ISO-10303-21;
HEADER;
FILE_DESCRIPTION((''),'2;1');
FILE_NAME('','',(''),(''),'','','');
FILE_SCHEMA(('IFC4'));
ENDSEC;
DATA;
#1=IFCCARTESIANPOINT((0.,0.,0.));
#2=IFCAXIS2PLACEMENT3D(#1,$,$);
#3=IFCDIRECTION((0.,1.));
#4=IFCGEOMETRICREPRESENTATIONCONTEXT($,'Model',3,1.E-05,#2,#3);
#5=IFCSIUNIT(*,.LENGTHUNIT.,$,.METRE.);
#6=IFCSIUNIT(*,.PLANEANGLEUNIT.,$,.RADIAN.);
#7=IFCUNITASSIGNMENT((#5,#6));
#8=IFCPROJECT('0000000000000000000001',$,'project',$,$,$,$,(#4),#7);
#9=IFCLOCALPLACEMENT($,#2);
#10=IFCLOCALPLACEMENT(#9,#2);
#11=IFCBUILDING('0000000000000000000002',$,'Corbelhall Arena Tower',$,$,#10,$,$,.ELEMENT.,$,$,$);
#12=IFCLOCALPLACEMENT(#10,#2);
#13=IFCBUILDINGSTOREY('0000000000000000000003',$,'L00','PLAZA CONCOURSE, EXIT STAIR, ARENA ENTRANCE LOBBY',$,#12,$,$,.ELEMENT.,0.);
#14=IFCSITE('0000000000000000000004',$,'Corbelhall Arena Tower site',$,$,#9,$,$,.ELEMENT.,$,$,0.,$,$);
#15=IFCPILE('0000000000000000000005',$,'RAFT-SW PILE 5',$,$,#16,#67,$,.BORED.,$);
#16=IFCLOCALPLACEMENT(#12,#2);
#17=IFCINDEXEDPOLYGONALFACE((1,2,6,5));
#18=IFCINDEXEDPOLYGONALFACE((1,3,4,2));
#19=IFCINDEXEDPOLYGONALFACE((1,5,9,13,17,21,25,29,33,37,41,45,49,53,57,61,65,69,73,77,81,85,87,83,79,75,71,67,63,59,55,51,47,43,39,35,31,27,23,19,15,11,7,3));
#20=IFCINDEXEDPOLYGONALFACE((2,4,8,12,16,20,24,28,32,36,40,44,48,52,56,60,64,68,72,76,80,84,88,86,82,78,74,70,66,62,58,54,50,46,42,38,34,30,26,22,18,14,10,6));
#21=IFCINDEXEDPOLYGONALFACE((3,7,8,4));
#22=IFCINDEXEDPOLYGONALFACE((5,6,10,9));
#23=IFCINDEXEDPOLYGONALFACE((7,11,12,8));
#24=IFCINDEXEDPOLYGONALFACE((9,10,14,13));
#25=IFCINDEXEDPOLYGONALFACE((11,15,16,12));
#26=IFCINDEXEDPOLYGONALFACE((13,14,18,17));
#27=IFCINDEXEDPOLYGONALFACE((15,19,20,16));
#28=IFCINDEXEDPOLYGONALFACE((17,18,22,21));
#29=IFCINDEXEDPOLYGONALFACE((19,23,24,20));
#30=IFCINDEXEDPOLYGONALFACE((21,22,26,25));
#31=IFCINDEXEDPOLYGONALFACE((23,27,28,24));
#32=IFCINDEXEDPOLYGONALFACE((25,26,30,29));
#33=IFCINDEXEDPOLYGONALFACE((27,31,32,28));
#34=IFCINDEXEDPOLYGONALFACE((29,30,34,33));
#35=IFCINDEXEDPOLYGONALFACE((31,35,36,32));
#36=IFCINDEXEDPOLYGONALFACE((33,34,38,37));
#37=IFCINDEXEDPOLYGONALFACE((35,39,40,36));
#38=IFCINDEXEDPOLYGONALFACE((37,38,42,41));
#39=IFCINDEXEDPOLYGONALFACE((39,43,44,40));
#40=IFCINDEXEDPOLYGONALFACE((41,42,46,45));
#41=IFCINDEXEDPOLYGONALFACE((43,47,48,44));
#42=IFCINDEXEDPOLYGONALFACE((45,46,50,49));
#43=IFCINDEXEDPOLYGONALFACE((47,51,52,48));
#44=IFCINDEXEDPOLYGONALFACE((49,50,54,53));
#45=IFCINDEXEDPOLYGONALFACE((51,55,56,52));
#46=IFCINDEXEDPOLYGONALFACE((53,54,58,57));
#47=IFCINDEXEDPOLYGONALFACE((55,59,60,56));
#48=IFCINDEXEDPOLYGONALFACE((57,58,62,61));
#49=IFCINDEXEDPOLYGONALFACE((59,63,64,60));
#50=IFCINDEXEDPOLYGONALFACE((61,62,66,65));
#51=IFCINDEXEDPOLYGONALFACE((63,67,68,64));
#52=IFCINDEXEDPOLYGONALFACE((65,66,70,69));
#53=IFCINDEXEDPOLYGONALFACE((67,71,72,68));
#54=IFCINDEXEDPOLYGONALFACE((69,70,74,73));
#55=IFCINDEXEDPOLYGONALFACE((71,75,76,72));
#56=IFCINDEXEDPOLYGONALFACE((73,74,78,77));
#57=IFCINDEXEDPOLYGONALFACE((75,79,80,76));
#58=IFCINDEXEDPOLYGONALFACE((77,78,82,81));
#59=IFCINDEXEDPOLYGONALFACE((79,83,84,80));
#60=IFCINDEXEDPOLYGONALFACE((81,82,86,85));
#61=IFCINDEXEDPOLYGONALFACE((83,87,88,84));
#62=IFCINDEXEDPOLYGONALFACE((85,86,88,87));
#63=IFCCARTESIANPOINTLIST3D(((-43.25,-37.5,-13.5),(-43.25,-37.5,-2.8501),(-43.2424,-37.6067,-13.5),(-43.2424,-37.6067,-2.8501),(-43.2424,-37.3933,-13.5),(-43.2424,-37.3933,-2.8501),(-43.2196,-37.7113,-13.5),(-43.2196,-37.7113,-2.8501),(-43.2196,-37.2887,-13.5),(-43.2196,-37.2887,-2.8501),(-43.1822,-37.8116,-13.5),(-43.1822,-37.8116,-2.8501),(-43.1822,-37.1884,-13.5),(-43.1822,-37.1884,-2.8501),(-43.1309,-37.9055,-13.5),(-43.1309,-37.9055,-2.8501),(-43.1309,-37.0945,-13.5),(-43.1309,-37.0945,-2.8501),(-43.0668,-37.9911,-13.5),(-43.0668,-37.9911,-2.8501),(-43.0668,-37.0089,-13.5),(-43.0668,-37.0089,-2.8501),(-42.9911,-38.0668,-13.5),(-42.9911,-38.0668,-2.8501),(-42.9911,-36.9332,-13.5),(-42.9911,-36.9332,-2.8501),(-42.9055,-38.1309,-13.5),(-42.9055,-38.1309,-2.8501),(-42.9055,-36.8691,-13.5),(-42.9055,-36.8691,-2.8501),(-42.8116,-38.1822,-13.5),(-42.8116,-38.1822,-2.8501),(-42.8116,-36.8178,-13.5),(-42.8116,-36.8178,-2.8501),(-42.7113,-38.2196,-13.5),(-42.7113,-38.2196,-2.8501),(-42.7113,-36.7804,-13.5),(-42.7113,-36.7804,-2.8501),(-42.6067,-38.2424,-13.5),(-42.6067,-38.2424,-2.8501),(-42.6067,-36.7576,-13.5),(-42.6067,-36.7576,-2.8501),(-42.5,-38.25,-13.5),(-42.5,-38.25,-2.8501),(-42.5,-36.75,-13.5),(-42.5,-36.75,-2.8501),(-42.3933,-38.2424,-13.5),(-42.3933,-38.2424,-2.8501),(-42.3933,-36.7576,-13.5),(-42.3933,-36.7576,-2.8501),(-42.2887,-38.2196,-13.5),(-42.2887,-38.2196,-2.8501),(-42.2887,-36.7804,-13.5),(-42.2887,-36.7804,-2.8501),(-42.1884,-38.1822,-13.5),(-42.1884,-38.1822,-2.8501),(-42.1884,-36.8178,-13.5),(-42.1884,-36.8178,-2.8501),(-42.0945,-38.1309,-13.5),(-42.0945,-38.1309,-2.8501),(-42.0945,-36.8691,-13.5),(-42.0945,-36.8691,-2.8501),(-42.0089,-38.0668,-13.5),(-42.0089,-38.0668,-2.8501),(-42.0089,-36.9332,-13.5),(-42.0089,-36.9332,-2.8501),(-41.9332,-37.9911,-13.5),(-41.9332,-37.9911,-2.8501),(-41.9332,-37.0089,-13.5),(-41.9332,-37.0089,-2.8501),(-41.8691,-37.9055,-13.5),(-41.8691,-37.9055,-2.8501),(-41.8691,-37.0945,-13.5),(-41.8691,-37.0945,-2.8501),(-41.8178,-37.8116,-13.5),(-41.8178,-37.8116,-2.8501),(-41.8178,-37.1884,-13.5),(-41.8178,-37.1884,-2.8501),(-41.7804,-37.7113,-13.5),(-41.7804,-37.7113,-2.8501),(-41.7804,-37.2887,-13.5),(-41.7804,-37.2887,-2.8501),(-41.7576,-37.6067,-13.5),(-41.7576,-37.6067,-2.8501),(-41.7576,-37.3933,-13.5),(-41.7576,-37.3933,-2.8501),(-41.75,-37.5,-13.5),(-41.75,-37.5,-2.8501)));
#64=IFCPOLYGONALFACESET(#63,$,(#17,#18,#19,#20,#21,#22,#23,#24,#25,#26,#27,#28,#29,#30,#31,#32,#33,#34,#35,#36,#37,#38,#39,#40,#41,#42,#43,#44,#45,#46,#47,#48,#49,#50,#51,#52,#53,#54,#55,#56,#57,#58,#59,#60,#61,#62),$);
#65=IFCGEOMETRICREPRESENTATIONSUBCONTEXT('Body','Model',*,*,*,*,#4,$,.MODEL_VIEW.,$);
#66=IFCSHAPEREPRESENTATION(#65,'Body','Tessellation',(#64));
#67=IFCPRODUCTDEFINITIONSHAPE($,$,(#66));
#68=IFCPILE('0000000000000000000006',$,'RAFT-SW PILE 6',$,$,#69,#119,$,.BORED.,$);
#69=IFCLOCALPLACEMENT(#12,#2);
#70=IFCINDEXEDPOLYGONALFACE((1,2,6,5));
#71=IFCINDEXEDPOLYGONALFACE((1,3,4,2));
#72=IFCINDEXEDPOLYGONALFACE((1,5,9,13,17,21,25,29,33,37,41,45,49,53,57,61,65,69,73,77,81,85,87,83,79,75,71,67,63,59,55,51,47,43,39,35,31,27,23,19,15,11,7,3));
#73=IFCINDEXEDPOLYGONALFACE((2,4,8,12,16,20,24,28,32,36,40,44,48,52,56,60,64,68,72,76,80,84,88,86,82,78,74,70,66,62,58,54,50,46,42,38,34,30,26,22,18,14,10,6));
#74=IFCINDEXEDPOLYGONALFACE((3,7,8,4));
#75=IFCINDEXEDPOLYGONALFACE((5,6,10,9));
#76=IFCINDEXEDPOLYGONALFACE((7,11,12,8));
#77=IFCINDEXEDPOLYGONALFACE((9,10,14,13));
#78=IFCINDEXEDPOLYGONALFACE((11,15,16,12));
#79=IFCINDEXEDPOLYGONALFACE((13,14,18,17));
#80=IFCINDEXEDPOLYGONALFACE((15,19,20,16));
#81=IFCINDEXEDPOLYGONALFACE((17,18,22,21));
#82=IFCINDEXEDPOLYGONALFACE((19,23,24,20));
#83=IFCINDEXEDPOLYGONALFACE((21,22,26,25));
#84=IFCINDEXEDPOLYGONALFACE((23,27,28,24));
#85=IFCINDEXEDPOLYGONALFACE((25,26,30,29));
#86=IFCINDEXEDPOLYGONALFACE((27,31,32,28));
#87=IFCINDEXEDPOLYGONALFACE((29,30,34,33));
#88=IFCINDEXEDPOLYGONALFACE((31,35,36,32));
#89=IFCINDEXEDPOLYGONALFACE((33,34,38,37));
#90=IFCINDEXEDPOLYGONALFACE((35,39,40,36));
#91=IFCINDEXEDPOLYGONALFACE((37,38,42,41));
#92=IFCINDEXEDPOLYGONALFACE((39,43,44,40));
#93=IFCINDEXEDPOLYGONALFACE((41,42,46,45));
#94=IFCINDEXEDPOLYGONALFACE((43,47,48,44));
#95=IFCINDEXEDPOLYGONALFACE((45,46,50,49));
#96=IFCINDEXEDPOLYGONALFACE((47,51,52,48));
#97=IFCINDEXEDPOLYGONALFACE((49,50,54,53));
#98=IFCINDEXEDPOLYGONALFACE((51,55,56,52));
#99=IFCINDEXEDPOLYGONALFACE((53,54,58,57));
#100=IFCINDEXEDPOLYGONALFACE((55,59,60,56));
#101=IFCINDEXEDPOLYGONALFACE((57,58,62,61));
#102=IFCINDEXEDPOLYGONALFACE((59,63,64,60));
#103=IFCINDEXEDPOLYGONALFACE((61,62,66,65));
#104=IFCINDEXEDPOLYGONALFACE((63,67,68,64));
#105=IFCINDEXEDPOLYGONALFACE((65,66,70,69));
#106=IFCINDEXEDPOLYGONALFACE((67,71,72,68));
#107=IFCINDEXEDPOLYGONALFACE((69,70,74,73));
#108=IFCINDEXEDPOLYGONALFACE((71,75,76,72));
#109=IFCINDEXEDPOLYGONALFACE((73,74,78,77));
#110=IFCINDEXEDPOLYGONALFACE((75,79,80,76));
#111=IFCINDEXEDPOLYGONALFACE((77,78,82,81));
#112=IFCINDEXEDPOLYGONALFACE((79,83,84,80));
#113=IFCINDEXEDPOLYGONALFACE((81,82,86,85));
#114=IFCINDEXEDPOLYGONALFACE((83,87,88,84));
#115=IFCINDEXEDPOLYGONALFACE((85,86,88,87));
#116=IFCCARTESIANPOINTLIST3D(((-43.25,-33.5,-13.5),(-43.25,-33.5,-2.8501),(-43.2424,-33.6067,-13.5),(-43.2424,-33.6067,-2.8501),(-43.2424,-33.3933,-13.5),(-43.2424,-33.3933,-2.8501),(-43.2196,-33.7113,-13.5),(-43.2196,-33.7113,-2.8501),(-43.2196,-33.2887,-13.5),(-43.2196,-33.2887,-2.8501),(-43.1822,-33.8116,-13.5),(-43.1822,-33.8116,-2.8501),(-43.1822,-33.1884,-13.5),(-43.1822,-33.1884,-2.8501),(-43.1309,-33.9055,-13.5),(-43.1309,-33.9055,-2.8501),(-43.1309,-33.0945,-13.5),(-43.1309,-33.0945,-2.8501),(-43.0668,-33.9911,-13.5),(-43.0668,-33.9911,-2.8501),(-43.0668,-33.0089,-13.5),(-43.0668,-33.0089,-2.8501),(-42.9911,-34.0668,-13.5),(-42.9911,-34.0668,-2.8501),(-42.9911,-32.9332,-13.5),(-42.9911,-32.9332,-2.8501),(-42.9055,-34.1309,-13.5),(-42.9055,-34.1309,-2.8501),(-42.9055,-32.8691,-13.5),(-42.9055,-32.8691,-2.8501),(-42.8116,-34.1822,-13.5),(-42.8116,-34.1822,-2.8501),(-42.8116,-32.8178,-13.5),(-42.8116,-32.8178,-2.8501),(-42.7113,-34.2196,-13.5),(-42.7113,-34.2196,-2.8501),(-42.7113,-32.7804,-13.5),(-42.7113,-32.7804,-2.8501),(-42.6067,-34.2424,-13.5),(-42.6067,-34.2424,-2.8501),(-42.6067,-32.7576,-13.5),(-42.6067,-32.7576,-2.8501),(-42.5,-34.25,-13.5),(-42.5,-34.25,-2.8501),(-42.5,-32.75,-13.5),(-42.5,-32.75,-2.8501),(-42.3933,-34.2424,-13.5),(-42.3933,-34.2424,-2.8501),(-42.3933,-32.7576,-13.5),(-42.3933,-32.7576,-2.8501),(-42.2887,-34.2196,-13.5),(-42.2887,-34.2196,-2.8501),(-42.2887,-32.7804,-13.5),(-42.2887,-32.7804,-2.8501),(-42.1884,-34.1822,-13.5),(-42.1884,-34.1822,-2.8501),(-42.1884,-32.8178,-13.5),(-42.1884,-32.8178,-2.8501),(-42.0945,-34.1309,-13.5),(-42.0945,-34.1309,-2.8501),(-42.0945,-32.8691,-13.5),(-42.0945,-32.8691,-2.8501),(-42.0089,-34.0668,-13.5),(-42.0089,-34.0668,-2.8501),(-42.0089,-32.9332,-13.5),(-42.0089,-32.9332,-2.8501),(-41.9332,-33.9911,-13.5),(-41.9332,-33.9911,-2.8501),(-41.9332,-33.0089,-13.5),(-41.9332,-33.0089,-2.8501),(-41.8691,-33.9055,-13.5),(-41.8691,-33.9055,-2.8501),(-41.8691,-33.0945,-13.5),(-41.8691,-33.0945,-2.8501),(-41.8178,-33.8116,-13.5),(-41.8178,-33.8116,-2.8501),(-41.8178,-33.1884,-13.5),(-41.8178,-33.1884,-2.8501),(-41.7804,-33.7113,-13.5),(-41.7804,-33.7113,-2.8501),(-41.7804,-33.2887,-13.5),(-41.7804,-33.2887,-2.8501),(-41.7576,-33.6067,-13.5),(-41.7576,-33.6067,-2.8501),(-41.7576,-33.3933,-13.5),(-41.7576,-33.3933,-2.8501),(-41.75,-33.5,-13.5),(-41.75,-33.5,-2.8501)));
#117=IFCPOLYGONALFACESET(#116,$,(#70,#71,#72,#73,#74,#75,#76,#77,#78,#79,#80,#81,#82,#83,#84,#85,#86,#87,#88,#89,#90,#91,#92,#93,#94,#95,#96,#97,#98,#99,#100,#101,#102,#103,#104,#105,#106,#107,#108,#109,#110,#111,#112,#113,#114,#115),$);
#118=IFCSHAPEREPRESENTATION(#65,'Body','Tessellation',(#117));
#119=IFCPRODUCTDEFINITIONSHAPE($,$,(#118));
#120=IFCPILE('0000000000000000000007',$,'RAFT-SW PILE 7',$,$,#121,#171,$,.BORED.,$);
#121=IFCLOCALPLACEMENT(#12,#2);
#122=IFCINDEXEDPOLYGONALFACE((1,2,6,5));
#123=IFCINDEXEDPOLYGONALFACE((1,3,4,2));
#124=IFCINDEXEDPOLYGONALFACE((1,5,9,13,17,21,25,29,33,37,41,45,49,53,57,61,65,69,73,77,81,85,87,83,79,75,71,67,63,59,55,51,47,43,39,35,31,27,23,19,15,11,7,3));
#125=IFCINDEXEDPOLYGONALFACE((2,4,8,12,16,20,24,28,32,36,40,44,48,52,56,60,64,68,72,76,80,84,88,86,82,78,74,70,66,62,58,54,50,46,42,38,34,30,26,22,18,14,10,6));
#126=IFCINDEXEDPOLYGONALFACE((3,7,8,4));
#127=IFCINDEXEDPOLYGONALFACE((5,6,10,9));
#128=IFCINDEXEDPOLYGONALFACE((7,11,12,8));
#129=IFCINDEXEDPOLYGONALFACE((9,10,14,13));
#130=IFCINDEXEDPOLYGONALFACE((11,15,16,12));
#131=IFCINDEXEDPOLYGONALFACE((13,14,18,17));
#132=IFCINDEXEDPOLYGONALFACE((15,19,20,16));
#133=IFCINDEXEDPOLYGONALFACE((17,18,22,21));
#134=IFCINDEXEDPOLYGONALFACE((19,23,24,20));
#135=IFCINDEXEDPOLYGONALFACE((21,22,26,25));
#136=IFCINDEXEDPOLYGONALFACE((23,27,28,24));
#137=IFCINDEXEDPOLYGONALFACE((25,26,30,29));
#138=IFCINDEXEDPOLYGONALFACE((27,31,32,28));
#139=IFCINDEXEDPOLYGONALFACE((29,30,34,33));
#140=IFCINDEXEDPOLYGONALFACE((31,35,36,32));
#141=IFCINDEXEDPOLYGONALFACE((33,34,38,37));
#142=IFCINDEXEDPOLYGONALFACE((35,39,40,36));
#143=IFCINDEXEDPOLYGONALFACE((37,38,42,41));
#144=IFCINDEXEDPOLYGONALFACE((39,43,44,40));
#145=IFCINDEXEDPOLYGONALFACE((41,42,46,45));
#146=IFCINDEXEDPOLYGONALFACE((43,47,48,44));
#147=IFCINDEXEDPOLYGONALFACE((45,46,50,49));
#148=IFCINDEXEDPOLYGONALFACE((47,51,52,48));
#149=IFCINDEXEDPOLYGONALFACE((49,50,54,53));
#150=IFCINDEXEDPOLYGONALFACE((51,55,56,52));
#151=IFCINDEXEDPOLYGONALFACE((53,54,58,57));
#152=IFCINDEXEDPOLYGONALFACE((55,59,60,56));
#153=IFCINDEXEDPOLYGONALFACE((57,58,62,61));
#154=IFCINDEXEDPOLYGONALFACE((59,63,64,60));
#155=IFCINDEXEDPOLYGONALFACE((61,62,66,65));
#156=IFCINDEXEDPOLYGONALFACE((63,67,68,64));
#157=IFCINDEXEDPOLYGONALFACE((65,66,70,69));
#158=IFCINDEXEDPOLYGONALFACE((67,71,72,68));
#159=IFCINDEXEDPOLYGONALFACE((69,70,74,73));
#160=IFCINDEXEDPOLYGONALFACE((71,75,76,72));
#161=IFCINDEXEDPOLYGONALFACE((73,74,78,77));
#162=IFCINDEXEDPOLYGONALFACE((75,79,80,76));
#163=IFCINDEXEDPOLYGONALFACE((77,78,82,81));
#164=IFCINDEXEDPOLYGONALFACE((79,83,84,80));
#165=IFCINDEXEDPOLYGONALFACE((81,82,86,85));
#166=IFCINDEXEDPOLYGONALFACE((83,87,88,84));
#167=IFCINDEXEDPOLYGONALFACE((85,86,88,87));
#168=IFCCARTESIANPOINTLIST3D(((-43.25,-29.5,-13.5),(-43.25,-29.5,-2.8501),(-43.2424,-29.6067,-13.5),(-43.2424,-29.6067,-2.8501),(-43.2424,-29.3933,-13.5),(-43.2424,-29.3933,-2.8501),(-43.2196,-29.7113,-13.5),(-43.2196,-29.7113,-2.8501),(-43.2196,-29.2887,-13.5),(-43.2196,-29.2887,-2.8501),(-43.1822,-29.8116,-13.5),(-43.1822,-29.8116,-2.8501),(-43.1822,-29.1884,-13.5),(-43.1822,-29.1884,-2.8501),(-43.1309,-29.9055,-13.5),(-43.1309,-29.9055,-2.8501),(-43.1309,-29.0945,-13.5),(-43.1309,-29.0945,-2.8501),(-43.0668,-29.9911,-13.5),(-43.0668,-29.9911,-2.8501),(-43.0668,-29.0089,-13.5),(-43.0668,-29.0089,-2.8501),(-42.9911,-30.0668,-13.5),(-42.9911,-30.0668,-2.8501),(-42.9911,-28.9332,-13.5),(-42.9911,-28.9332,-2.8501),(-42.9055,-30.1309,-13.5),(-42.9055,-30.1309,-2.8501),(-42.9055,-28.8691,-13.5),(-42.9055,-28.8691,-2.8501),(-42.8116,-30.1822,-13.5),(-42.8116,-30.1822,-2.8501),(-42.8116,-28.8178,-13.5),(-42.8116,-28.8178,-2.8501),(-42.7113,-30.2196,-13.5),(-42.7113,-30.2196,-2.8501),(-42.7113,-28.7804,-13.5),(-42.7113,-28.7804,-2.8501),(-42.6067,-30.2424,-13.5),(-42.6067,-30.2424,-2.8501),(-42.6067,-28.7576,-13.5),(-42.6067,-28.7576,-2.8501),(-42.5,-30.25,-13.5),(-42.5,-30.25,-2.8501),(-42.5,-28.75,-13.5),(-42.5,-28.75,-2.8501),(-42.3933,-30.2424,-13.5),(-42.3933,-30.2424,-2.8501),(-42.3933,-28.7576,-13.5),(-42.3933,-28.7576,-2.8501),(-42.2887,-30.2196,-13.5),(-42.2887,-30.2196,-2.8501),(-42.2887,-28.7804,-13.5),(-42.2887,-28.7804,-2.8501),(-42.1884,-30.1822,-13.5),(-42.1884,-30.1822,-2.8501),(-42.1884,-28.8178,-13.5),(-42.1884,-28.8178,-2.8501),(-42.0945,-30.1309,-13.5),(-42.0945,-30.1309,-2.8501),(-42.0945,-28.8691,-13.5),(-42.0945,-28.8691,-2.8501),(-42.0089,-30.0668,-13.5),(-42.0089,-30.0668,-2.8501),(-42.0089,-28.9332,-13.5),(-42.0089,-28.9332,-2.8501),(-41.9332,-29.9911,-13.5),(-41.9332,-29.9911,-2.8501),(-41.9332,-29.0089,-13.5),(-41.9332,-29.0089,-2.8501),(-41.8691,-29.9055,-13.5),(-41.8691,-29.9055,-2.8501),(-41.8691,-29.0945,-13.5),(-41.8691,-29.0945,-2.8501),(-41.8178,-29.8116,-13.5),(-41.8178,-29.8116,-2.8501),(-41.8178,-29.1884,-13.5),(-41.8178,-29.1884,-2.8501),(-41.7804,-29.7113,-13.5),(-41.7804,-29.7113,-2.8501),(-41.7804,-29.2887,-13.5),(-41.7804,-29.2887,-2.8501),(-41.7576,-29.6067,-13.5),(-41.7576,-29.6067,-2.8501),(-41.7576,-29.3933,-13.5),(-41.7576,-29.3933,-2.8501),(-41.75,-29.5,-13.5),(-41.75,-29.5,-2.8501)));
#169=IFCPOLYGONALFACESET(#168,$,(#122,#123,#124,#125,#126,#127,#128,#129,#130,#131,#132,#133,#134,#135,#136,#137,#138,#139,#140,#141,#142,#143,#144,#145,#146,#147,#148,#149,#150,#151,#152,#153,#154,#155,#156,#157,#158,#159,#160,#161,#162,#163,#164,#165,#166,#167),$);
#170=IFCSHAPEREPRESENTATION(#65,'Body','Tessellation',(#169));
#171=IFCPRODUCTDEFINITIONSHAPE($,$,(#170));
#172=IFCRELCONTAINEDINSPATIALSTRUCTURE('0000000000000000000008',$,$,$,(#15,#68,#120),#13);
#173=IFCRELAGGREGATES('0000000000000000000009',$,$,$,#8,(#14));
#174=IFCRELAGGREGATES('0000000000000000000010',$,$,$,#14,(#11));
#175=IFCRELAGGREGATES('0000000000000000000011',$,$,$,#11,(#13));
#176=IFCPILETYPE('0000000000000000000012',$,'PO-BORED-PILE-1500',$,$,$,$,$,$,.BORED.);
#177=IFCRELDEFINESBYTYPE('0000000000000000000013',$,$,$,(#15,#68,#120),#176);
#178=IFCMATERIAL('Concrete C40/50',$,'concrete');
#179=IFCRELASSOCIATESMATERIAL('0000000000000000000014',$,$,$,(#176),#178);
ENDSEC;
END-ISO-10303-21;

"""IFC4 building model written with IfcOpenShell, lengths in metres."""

from ifc_helpers import new_model, si_unit, direction, frame, origin, origin_2d, place, context, subcontext, project, spatial, circle, extrude, material, material_profile, profile_set, type_object, element, save


model = new_model("IFC4")

# Units and contexts
model_context = context("Model", 3, precision=1e-05, world=origin(), true_north=direction((0.0, 1.0)))
body_context = subcontext(model_context, "Body", "Model", "MODEL_VIEW")
ifc_project = project(units=[si_unit("LENGTHUNIT", "METRE"), si_unit("PLANEANGLEUNIT", "RADIAN")], contexts=[model_context])

# Site, building, storey
site_placement = place(None, origin())
site = spatial("IfcSite", under=ifc_project, at=site_placement, Name="Corbelhall Arena Tower site", CompositionType="ELEMENT", RefElevation=0.0)
building_placement = place(site_placement, origin())
building = spatial("IfcBuilding", under=site, at=building_placement, Name="Corbelhall Arena Tower", CompositionType="ELEMENT")
storey_placement = place(building_placement, origin())
storey = spatial("IfcBuildingStorey", under=building, at=storey_placement, Name="L00", Description="PLAZA CONCOURSE, EXIT STAIR, ARENA ENTRANCE LOBBY", CompositionType="ELEMENT", Elevation=0.0)

# Piles
ifc_material_1 = material(Name="Concrete C40/50", Category="concrete")
ifc_material_profile = material_profile(ifc_material_1, circle(Radius=0.75, at=origin_2d()))
ifc_profile_set = profile_set([ifc_material_profile], Name="Concrete C40/50")
pile_type = type_object("IfcPileType", Name="PO-BORED-PILE-1500", PredefinedType="BORED", material=ifc_profile_set)
for number, where, z_axis, x_axis, name in (
    (1, (-42.5, -37.5, -2.8501), (0.0, 0.0, -1.0), (1.0, 0.0, 0.0), "RAFT-SW PILE 5"),
    (2, (-42.5, -33.5, -2.8501), (0.0, 0.0, -1.0), (1.0, 0.0, 0.0), "RAFT-SW PILE 6"),
    (3, (-42.5, -29.5, -2.8501), (0.0, 0.0, -1.0), (1.0, 0.0, 0.0), "RAFT-SW PILE 7"),
):
    element("IfcPile", number, at=place(storey_placement, frame(where, z_axis=z_axis, x_axis=x_axis)), inside=storey, type_object=pile_type, Name=name, PredefinedType="BORED", context=body_context, shape_type="SweptSolid", body=[
        extrude(circle(Radius=0.75, at=origin_2d()), origin(), (0.0, 0.0, 1.0), 10.6499),
    ])

save(model, "model.ifc")
